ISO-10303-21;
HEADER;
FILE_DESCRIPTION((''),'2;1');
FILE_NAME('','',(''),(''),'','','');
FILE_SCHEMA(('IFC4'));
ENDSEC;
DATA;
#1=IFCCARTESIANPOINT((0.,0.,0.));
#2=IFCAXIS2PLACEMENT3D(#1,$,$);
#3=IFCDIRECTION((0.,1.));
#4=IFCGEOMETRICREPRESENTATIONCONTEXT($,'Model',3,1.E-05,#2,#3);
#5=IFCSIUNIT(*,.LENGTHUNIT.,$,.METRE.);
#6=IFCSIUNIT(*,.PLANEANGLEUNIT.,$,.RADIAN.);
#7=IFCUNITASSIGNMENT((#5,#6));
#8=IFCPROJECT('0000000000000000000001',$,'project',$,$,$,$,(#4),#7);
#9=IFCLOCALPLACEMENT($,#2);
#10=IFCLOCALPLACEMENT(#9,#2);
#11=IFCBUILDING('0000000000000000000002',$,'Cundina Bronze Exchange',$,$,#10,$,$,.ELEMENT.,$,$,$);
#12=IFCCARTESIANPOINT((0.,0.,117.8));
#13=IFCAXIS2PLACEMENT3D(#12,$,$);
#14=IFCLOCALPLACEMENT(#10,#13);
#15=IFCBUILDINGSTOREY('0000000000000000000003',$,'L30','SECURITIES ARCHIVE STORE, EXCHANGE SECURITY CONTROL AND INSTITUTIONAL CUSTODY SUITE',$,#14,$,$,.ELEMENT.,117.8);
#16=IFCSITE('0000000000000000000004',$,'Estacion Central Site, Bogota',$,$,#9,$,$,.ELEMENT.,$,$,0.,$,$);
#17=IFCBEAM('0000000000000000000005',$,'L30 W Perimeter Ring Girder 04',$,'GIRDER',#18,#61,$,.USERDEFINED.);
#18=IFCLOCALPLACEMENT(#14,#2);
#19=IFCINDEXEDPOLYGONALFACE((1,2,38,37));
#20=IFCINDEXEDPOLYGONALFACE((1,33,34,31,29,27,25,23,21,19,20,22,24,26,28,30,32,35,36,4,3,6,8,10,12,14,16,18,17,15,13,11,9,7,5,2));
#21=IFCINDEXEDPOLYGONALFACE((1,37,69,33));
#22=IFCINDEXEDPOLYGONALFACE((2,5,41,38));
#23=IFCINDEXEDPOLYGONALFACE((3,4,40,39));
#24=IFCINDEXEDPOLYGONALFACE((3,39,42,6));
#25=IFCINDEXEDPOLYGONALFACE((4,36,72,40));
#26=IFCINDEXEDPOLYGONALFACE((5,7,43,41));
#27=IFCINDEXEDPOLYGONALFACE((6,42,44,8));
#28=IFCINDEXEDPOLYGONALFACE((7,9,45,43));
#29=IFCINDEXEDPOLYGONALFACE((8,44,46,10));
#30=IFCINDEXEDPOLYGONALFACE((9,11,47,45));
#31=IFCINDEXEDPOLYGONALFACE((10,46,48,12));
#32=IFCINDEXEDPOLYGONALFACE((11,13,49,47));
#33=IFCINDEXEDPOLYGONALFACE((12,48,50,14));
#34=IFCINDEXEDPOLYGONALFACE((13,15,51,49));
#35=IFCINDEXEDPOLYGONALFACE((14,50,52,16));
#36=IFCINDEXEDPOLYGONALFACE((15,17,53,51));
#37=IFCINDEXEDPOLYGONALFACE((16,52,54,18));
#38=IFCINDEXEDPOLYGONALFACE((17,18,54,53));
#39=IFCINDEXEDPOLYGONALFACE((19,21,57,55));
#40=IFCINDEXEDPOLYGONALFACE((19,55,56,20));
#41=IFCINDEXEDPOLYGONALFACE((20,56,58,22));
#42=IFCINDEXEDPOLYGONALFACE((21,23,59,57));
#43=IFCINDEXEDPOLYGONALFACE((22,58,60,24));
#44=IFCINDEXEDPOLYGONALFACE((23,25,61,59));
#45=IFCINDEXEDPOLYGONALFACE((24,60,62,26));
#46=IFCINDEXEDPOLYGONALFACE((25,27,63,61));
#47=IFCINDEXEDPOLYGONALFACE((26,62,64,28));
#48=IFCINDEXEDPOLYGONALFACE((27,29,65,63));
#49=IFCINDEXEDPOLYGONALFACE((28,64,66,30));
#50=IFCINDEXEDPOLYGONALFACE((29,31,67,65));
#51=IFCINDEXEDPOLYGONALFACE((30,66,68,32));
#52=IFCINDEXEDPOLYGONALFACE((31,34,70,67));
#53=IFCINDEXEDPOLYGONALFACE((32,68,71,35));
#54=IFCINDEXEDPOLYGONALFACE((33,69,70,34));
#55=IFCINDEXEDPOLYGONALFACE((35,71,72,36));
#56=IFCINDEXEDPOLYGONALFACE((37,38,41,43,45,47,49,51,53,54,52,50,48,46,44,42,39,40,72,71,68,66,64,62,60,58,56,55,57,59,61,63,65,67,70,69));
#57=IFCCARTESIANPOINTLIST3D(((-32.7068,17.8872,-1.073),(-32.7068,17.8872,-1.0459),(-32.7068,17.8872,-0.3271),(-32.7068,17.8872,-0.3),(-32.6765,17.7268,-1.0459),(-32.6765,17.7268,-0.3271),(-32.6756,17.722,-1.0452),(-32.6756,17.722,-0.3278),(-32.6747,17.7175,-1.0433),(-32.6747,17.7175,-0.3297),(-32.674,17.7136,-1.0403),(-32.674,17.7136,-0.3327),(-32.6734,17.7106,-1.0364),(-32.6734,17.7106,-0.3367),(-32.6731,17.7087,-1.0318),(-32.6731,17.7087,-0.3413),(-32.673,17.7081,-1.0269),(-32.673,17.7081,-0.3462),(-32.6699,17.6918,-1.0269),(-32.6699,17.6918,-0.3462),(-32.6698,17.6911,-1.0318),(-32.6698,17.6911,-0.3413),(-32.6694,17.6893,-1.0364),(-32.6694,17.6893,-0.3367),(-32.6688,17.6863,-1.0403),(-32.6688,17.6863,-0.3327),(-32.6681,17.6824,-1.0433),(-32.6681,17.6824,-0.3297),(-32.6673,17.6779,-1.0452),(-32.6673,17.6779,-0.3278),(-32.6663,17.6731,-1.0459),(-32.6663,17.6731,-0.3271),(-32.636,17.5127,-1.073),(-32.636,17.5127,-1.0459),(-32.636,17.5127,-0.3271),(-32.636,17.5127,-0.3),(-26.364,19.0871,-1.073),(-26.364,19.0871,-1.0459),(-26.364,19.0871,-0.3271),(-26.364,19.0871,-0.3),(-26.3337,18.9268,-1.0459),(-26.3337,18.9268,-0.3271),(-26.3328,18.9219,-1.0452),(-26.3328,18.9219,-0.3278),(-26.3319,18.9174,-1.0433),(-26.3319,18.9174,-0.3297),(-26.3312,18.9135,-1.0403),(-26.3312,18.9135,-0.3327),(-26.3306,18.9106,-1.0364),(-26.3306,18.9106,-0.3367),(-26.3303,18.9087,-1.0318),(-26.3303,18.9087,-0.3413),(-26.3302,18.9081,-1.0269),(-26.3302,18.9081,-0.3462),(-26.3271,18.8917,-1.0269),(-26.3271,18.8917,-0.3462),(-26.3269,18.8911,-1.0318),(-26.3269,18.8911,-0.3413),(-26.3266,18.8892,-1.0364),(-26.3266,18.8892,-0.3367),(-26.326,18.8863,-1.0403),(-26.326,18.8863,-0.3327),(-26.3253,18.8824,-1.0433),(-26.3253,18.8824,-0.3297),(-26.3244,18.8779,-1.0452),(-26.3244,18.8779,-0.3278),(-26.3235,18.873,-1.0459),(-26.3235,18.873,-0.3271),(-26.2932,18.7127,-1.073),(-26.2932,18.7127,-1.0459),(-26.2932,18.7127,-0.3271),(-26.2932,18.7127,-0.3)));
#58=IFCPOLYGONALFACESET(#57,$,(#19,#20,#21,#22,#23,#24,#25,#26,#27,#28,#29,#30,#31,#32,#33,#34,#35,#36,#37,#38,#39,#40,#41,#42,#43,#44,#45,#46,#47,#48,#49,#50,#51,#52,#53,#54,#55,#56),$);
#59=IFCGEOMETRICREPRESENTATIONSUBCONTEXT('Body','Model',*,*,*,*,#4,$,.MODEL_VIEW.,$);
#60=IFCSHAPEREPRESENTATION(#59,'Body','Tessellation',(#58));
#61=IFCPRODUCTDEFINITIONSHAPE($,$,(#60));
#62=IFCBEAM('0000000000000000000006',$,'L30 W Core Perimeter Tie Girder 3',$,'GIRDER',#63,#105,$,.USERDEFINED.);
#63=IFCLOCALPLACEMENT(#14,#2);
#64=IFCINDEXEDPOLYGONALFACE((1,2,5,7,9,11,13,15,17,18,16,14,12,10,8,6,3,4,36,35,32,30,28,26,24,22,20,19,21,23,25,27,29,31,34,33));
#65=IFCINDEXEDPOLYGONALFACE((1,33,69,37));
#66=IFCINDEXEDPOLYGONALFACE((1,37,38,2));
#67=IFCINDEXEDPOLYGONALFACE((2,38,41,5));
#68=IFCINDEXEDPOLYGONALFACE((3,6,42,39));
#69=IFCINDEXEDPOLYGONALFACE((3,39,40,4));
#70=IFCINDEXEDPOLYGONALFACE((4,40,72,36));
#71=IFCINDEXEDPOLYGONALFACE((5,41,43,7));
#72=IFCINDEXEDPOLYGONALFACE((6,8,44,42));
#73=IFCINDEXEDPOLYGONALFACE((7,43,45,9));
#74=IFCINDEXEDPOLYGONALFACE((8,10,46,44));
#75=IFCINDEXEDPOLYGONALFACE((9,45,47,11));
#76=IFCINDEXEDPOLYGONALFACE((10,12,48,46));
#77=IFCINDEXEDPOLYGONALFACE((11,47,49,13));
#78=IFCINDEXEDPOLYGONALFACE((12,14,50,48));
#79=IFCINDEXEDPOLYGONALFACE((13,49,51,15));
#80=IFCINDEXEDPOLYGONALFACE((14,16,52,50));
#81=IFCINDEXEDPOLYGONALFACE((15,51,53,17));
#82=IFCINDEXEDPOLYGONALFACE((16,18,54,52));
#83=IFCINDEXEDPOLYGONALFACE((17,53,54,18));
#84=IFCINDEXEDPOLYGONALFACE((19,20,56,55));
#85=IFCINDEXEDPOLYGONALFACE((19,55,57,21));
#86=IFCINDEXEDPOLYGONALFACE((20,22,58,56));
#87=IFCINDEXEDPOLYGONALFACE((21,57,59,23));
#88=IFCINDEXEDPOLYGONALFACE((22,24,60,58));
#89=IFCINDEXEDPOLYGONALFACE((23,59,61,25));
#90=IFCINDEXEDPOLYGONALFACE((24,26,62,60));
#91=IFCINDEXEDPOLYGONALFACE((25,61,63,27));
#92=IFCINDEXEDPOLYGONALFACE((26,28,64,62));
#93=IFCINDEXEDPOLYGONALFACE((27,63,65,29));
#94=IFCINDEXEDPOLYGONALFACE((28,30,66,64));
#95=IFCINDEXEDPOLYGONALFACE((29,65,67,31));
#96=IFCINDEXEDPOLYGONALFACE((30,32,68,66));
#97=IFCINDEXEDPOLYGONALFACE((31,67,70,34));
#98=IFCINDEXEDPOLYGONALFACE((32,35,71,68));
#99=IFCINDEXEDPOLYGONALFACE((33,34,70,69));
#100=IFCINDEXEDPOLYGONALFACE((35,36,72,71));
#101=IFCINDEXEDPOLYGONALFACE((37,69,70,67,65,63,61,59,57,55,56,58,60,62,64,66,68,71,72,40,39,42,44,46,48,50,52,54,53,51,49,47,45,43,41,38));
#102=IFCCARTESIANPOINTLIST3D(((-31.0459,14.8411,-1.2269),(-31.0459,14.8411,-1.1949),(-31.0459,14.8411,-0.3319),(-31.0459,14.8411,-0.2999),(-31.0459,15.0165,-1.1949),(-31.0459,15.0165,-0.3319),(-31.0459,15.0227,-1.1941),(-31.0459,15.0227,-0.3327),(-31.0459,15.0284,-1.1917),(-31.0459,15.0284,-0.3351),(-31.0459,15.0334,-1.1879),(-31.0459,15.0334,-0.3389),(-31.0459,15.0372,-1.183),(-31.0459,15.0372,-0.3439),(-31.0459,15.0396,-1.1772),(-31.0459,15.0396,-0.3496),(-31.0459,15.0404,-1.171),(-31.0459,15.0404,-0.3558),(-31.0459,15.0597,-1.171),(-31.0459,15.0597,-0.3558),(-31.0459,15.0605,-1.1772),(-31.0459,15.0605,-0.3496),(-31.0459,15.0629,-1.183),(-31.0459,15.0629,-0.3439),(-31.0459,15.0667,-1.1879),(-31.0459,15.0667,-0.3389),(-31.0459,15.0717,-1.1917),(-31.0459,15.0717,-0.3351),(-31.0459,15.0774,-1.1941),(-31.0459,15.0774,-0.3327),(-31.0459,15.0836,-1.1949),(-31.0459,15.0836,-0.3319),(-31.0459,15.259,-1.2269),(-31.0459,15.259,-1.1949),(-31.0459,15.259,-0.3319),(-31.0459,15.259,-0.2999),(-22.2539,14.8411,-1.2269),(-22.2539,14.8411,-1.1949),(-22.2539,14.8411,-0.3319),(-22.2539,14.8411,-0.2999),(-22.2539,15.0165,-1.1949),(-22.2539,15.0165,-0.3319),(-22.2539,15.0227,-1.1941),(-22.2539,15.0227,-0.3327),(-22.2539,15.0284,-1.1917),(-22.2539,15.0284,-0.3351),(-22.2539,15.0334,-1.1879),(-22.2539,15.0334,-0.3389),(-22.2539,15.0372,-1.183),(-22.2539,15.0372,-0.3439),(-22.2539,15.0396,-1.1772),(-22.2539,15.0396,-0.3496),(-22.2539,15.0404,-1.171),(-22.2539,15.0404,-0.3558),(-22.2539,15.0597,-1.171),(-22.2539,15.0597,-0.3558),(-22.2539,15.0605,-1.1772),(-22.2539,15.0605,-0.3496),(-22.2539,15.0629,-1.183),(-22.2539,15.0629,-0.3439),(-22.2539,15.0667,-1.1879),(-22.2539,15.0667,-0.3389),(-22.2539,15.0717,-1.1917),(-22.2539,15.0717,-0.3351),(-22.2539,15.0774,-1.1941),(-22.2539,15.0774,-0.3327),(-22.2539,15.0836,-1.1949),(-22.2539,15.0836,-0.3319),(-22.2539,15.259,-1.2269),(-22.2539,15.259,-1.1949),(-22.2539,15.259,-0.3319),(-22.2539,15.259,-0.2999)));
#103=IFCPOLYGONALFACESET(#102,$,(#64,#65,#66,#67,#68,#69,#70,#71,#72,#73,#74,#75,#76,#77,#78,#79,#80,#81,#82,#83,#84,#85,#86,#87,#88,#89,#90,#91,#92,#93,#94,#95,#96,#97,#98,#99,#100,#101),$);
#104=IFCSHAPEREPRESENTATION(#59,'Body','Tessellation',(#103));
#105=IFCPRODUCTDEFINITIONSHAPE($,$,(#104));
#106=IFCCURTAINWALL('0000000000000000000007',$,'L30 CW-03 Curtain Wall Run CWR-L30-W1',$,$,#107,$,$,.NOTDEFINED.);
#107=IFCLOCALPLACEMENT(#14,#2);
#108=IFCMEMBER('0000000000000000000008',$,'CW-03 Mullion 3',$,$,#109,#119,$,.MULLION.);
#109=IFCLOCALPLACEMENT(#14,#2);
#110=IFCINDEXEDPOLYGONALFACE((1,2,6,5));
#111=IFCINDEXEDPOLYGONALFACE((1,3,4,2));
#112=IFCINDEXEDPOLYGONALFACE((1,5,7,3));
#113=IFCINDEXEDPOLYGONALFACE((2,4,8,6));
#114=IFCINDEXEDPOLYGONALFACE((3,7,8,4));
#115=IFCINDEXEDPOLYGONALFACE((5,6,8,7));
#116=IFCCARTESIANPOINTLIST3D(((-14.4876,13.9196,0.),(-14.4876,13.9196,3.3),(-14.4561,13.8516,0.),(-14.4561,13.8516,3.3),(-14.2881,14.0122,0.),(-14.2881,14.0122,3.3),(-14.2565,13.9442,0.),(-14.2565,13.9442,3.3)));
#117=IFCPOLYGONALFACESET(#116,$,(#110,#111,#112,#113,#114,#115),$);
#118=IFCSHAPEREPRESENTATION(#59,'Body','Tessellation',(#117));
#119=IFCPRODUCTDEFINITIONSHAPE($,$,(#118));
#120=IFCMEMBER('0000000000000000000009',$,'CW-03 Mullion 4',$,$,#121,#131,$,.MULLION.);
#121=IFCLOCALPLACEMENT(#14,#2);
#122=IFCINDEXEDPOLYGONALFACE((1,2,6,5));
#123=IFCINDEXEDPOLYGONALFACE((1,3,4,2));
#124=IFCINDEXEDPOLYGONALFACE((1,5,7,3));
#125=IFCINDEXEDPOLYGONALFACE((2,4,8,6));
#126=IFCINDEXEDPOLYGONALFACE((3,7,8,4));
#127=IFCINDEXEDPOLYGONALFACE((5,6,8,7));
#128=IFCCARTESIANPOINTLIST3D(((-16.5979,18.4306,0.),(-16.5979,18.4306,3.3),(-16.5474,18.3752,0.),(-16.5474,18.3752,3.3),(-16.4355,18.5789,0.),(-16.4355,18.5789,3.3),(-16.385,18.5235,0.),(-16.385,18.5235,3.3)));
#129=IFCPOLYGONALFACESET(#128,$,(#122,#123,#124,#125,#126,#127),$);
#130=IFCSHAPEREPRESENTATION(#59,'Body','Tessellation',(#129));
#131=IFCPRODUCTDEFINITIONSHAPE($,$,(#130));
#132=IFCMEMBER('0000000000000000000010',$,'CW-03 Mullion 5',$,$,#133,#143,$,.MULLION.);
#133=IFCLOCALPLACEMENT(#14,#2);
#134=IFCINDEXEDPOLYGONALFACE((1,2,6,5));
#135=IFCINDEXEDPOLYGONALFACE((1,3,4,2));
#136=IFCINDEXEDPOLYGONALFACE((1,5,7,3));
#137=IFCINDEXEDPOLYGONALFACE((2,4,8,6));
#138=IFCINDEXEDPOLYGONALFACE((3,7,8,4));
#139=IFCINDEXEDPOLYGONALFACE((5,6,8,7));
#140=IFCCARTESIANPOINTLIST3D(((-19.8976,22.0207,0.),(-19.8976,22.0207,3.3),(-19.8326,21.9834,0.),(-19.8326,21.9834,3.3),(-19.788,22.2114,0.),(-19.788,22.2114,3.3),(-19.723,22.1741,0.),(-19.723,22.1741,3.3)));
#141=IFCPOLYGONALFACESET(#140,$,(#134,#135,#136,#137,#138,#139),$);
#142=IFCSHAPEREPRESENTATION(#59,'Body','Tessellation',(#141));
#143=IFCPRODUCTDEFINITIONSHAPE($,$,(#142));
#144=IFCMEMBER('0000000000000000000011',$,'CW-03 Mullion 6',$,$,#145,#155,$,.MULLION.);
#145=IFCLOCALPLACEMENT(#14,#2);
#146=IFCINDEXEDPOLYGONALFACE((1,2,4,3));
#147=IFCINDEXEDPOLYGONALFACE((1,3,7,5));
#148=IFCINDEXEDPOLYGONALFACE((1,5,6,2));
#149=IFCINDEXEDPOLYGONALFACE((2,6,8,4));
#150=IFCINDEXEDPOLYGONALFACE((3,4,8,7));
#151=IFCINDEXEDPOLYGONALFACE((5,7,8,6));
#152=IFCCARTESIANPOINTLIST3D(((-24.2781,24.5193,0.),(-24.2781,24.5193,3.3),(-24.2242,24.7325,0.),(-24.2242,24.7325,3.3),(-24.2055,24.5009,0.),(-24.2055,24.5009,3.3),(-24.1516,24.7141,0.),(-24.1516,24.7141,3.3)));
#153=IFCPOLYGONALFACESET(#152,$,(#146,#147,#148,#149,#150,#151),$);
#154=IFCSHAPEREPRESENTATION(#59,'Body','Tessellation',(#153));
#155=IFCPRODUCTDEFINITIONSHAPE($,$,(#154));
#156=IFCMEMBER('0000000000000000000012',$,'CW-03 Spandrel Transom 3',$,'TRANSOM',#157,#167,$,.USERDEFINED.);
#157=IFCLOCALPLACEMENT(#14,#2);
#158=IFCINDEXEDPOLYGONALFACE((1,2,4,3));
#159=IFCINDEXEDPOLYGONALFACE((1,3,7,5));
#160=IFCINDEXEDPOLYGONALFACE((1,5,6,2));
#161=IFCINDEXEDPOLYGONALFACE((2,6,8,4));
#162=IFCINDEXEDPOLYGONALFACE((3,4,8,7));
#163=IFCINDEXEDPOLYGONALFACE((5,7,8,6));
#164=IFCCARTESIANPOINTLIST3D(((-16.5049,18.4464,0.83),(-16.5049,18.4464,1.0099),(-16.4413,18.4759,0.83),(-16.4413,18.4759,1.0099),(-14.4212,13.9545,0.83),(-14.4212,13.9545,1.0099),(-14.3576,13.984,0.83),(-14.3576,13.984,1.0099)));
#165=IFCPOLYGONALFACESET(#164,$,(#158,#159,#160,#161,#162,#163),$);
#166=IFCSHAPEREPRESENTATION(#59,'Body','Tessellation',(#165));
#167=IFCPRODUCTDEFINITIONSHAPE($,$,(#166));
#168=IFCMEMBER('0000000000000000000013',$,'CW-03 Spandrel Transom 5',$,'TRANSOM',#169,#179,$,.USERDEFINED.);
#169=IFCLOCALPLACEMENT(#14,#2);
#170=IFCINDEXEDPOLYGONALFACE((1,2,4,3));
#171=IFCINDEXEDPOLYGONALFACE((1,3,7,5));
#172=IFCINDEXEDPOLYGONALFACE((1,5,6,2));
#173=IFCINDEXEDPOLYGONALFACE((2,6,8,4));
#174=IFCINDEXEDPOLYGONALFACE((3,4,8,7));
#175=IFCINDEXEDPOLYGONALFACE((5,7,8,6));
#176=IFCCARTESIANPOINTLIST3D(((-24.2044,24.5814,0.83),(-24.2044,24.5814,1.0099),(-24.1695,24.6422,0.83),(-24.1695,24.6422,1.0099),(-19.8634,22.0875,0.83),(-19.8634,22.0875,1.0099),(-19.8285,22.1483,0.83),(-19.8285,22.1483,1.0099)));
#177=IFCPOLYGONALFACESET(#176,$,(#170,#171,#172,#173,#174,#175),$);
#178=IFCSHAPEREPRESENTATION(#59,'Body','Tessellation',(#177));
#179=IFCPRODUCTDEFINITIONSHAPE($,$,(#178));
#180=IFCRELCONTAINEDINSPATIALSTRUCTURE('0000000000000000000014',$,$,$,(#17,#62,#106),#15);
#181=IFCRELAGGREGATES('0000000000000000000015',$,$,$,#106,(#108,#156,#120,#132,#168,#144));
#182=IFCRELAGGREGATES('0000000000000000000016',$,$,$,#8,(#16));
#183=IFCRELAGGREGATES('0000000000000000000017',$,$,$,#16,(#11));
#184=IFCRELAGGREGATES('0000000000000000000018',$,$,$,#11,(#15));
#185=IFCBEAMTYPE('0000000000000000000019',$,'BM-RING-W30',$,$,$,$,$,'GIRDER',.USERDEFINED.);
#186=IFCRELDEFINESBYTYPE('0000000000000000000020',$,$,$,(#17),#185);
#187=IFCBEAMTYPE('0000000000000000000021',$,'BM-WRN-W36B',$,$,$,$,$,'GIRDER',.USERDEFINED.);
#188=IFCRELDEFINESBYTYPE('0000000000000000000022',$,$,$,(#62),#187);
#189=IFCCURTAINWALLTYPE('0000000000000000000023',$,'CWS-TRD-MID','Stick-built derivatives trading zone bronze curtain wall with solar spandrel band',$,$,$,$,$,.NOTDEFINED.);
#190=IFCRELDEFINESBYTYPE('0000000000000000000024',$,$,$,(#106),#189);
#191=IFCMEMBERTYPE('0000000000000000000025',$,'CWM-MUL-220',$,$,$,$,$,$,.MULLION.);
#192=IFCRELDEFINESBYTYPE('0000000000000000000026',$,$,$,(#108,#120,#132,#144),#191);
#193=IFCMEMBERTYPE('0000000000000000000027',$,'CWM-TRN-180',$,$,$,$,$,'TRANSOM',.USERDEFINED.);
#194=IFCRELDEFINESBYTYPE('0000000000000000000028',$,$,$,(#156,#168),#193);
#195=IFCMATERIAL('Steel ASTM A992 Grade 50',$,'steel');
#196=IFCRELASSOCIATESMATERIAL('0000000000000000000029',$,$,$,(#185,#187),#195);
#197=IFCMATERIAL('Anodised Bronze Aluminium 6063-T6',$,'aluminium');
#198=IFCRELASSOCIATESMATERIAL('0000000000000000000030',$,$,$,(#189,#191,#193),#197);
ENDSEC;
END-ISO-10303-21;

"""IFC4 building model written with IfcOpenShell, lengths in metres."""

from ifc_helpers import new_model, si_unit, direction, frame, origin, origin_2d, place, context, subcontext, project, spatial, rectangle, i_section, extrude, material, material_profile, profile_set, type_object, element, aggregate, save


model = new_model("IFC4")

# Units and contexts
model_context = context("Model", 3, precision=1e-05, world=origin(), true_north=direction((0.0, 1.0)))
body_context = subcontext(model_context, "Body", "Model", "MODEL_VIEW")
ifc_project = project(units=[si_unit("LENGTHUNIT", "METRE"), si_unit("PLANEANGLEUNIT", "RADIAN")], contexts=[model_context])

# Site, building, storey
site_placement = place(None, origin())
site = spatial("IfcSite", under=ifc_project, at=site_placement, Name="Estacion Central Site, Bogota", CompositionType="ELEMENT", RefElevation=0.0)
building_placement = place(site_placement, origin())
building = spatial("IfcBuilding", under=site, at=building_placement, Name="Cundina Bronze Exchange", CompositionType="ELEMENT")
storey_placement = place(building_placement, frame((0.0, 0.0, 117.8)))
storey = spatial("IfcBuildingStorey", under=building, at=storey_placement, Name="L30", Description="SECURITIES ARCHIVE STORE, EXCHANGE SECURITY CONTROL AND INSTITUTIONAL CUSTODY SUITE", CompositionType="ELEMENT", Elevation=117.8)

# Shared definitions
ifc_material_1 = material(Name="Steel ASTM A992 Grade 50", Category="steel")

# Beams
ifc_material_profile_1 = material_profile(ifc_material_1, i_section(OverallWidth=0.3811, OverallDepth=0.7729, WebThickness=0.0166, FlangeThickness=0.0271, FilletRadius=0.019, at=origin_2d()), Name="W30X173", Category="steel")
ifc_profile_set_1 = profile_set([ifc_material_profile_1], Name="Steel ASTM A992 Grade 50")
beam_type_1 = type_object("IfcBeamType", Name="BM-RING-W30", ElementType="GIRDER", PredefinedType="USERDEFINED", material=ifc_profile_set_1)
beam_1_placement = place(storey_placement, frame((-26.3286, 18.8999, -0.6865), z_axis=(-0.982571, -0.185887, 0.0), x_axis=(0.185887, -0.982571, 0.0)))
element("IfcBeam", 1, at=beam_1_placement, inside=storey, type_object=beam_type_1, Name="L30 W Perimeter Ring Girder 04", ObjectType="GIRDER", PredefinedType="USERDEFINED", context=body_context, shape_type="SweptSolid", body=[
    extrude(i_section(OverallWidth=0.3811, OverallDepth=0.7729, WebThickness=0.0166, FlangeThickness=0.0271, FilletRadius=0.019, at=origin_2d()), origin(), (0.0, 0.0, 1.0), 6.4553),
])
ifc_material_profile_2 = material_profile(ifc_material_1, i_section(OverallWidth=0.418, OverallDepth=0.927, WebThickness=0.0193, FlangeThickness=0.032, FilletRadius=0.0239, at=origin_2d()), Name="W36X231", Category="steel")
ifc_profile_set_2 = profile_set([ifc_material_profile_2], Name="Steel ASTM A992 Grade 50")
beam_type_2 = type_object("IfcBeamType", Name="BM-WRN-W36B", ElementType="GIRDER", PredefinedType="USERDEFINED", material=ifc_profile_set_2)
beam_2_placement = place(storey_placement, frame((-22.2539, 15.05, -0.7634), z_axis=(-1.0, 0.0, 0.0), x_axis=(0.0, -1.0, 0.0)))
element("IfcBeam", 2, at=beam_2_placement, inside=storey, type_object=beam_type_2, Name="L30 W Core Perimeter Tie Girder 3", ObjectType="GIRDER", PredefinedType="USERDEFINED", context=body_context, shape_type="SweptSolid", body=[
    extrude(i_section(OverallWidth=0.418, OverallDepth=0.927, WebThickness=0.0193, FlangeThickness=0.032, FilletRadius=0.0239, at=origin_2d()), origin(), (0.0, 0.0, 1.0), 8.792),
])

# Curtain wall, members
ifc_material_2 = material(Name="Anodised Bronze Aluminium 6063-T6", Category="aluminium")
curtain_wall_type = type_object("IfcCurtainWallType", Name="CWS-TRD-MID", Description="Stick-built derivatives trading zone bronze curtain wall with solar spandrel band", PredefinedType="NOTDEFINED", material=ifc_material_2)
curtain_wall_placement = place(storey_placement, origin())
curtain_wall = element("IfcCurtainWall", 3, at=curtain_wall_placement, inside=storey, type_object=curtain_wall_type, Name="L30 CW-03 Curtain Wall Run CWR-L30-W1", PredefinedType="NOTDEFINED")
ifc_material_profile_3 = material_profile(ifc_material_2, rectangle(XDim=0.075, YDim=0.22, at=origin_2d()), Name="AL75X220", Category="aluminium")
ifc_profile_set_3 = profile_set([ifc_material_profile_3], Name="Anodised Bronze Aluminium 6063-T6")
member_type_1 = type_object("IfcMemberType", Name="CWM-MUL-220", PredefinedType="MULLION", material=ifc_profile_set_3)
member_1_placement = place(storey_placement, frame((-14.3721, 13.9319, 0.0), z_axis=(0.0, 0.0, 1.0), x_axis=(-0.420877, 0.907117, 0.0)))
member_1 = element("IfcMember", 4, at=member_1_placement, type_object=member_type_1, Name="CW-03 Mullion 3", PredefinedType="MULLION", context=body_context, shape_type="SweptSolid", body=[
    extrude(rectangle(XDim=0.075, YDim=0.22, at=origin_2d()), origin(), (0.0, 0.0, 1.0), 3.3),
])
member_2_placement = place(storey_placement, frame((-16.4915, 18.4771, 0.0), z_axis=(0.0, 0.0, 1.0), x_axis=(-0.674302, 0.738455, 0.0)))
member_2 = element("IfcMember", 5, at=member_2_placement, type_object=member_type_1, Name="CW-03 Mullion 4", PredefinedType="MULLION", context=body_context, shape_type="SweptSolid", body=[
    extrude(rectangle(XDim=0.075, YDim=0.22, at=origin_2d()), origin(), (0.0, 0.0, 1.0), 3.3),
])
member_3_placement = place(storey_placement, frame((-19.8103, 22.0974, 0.0), z_axis=(0.0, 0.0, 1.0), x_axis=(-0.867071, 0.498185, 0.0)))
member_3 = element("IfcMember", 6, at=member_3_placement, type_object=member_type_1, Name="CW-03 Mullion 5", PredefinedType="MULLION", context=body_context, shape_type="SweptSolid", body=[
    extrude(rectangle(XDim=0.075, YDim=0.22, at=origin_2d()), origin(), (0.0, 0.0, 1.0), 3.3),
])
member_4_placement = place(storey_placement, frame((-24.2148, 24.6167, 0.0), z_axis=(0.0, 0.0, 1.0), x_axis=(-0.969488, 0.245138, 0.0)))
member_4 = element("IfcMember", 7, at=member_4_placement, type_object=member_type_1, Name="CW-03 Mullion 6", PredefinedType="MULLION", context=body_context, shape_type="SweptSolid", body=[
    extrude(rectangle(XDim=0.075, YDim=0.22, at=origin_2d()), origin(), (0.0, 0.0, 1.0), 3.3),
])
ifc_material_profile_4 = material_profile(ifc_material_2, rectangle(XDim=0.0701, YDim=0.1799, at=origin_2d()), Name="AL70X180", Category="aluminium")
ifc_profile_set_4 = profile_set([ifc_material_profile_4], Name="Anodised Bronze Aluminium 6063-T6")
member_type_2 = type_object("IfcMemberType", Name="CWM-TRN-180", ElementType="TRANSOM", PredefinedType="USERDEFINED", material=ifc_profile_set_4)
member_5_placement = place(storey_placement, frame((-14.3894, 13.9692, 0.9199), z_axis=(-0.420811, 0.907148, 0.0), x_axis=(-0.907148, -0.420811, 0.0)))
member_5 = element("IfcMember", 8, at=member_5_placement, type_object=member_type_2, Name="CW-03 Spandrel Transom 3", ObjectType="TRANSOM", PredefinedType="USERDEFINED", context=body_context, shape_type="SweptSolid", body=[
    extrude(rectangle(XDim=0.0701, YDim=0.1799, at=origin_2d()), origin(), (0.0, 0.0, 1.0), 4.9517),
])
member_6_placement = place(storey_placement, frame((-19.8459, 22.1179, 0.9199), z_axis=(-0.867097, 0.498139, 0.0), x_axis=(-0.498139, -0.867097, 0.0)))
member_6 = element("IfcMember", 9, at=member_6_placement, type_object=member_type_2, Name="CW-03 Spandrel Transom 5", ObjectType="TRANSOM", PredefinedType="USERDEFINED", context=body_context, shape_type="SweptSolid", body=[
    extrude(rectangle(XDim=0.0701, YDim=0.1799, at=origin_2d()), origin(), (0.0, 0.0, 1.0), 5.0063),
])
aggregate(curtain_wall, [member_1, member_5, member_2, member_3, member_6, member_4])

save(model, "model.ifc")
